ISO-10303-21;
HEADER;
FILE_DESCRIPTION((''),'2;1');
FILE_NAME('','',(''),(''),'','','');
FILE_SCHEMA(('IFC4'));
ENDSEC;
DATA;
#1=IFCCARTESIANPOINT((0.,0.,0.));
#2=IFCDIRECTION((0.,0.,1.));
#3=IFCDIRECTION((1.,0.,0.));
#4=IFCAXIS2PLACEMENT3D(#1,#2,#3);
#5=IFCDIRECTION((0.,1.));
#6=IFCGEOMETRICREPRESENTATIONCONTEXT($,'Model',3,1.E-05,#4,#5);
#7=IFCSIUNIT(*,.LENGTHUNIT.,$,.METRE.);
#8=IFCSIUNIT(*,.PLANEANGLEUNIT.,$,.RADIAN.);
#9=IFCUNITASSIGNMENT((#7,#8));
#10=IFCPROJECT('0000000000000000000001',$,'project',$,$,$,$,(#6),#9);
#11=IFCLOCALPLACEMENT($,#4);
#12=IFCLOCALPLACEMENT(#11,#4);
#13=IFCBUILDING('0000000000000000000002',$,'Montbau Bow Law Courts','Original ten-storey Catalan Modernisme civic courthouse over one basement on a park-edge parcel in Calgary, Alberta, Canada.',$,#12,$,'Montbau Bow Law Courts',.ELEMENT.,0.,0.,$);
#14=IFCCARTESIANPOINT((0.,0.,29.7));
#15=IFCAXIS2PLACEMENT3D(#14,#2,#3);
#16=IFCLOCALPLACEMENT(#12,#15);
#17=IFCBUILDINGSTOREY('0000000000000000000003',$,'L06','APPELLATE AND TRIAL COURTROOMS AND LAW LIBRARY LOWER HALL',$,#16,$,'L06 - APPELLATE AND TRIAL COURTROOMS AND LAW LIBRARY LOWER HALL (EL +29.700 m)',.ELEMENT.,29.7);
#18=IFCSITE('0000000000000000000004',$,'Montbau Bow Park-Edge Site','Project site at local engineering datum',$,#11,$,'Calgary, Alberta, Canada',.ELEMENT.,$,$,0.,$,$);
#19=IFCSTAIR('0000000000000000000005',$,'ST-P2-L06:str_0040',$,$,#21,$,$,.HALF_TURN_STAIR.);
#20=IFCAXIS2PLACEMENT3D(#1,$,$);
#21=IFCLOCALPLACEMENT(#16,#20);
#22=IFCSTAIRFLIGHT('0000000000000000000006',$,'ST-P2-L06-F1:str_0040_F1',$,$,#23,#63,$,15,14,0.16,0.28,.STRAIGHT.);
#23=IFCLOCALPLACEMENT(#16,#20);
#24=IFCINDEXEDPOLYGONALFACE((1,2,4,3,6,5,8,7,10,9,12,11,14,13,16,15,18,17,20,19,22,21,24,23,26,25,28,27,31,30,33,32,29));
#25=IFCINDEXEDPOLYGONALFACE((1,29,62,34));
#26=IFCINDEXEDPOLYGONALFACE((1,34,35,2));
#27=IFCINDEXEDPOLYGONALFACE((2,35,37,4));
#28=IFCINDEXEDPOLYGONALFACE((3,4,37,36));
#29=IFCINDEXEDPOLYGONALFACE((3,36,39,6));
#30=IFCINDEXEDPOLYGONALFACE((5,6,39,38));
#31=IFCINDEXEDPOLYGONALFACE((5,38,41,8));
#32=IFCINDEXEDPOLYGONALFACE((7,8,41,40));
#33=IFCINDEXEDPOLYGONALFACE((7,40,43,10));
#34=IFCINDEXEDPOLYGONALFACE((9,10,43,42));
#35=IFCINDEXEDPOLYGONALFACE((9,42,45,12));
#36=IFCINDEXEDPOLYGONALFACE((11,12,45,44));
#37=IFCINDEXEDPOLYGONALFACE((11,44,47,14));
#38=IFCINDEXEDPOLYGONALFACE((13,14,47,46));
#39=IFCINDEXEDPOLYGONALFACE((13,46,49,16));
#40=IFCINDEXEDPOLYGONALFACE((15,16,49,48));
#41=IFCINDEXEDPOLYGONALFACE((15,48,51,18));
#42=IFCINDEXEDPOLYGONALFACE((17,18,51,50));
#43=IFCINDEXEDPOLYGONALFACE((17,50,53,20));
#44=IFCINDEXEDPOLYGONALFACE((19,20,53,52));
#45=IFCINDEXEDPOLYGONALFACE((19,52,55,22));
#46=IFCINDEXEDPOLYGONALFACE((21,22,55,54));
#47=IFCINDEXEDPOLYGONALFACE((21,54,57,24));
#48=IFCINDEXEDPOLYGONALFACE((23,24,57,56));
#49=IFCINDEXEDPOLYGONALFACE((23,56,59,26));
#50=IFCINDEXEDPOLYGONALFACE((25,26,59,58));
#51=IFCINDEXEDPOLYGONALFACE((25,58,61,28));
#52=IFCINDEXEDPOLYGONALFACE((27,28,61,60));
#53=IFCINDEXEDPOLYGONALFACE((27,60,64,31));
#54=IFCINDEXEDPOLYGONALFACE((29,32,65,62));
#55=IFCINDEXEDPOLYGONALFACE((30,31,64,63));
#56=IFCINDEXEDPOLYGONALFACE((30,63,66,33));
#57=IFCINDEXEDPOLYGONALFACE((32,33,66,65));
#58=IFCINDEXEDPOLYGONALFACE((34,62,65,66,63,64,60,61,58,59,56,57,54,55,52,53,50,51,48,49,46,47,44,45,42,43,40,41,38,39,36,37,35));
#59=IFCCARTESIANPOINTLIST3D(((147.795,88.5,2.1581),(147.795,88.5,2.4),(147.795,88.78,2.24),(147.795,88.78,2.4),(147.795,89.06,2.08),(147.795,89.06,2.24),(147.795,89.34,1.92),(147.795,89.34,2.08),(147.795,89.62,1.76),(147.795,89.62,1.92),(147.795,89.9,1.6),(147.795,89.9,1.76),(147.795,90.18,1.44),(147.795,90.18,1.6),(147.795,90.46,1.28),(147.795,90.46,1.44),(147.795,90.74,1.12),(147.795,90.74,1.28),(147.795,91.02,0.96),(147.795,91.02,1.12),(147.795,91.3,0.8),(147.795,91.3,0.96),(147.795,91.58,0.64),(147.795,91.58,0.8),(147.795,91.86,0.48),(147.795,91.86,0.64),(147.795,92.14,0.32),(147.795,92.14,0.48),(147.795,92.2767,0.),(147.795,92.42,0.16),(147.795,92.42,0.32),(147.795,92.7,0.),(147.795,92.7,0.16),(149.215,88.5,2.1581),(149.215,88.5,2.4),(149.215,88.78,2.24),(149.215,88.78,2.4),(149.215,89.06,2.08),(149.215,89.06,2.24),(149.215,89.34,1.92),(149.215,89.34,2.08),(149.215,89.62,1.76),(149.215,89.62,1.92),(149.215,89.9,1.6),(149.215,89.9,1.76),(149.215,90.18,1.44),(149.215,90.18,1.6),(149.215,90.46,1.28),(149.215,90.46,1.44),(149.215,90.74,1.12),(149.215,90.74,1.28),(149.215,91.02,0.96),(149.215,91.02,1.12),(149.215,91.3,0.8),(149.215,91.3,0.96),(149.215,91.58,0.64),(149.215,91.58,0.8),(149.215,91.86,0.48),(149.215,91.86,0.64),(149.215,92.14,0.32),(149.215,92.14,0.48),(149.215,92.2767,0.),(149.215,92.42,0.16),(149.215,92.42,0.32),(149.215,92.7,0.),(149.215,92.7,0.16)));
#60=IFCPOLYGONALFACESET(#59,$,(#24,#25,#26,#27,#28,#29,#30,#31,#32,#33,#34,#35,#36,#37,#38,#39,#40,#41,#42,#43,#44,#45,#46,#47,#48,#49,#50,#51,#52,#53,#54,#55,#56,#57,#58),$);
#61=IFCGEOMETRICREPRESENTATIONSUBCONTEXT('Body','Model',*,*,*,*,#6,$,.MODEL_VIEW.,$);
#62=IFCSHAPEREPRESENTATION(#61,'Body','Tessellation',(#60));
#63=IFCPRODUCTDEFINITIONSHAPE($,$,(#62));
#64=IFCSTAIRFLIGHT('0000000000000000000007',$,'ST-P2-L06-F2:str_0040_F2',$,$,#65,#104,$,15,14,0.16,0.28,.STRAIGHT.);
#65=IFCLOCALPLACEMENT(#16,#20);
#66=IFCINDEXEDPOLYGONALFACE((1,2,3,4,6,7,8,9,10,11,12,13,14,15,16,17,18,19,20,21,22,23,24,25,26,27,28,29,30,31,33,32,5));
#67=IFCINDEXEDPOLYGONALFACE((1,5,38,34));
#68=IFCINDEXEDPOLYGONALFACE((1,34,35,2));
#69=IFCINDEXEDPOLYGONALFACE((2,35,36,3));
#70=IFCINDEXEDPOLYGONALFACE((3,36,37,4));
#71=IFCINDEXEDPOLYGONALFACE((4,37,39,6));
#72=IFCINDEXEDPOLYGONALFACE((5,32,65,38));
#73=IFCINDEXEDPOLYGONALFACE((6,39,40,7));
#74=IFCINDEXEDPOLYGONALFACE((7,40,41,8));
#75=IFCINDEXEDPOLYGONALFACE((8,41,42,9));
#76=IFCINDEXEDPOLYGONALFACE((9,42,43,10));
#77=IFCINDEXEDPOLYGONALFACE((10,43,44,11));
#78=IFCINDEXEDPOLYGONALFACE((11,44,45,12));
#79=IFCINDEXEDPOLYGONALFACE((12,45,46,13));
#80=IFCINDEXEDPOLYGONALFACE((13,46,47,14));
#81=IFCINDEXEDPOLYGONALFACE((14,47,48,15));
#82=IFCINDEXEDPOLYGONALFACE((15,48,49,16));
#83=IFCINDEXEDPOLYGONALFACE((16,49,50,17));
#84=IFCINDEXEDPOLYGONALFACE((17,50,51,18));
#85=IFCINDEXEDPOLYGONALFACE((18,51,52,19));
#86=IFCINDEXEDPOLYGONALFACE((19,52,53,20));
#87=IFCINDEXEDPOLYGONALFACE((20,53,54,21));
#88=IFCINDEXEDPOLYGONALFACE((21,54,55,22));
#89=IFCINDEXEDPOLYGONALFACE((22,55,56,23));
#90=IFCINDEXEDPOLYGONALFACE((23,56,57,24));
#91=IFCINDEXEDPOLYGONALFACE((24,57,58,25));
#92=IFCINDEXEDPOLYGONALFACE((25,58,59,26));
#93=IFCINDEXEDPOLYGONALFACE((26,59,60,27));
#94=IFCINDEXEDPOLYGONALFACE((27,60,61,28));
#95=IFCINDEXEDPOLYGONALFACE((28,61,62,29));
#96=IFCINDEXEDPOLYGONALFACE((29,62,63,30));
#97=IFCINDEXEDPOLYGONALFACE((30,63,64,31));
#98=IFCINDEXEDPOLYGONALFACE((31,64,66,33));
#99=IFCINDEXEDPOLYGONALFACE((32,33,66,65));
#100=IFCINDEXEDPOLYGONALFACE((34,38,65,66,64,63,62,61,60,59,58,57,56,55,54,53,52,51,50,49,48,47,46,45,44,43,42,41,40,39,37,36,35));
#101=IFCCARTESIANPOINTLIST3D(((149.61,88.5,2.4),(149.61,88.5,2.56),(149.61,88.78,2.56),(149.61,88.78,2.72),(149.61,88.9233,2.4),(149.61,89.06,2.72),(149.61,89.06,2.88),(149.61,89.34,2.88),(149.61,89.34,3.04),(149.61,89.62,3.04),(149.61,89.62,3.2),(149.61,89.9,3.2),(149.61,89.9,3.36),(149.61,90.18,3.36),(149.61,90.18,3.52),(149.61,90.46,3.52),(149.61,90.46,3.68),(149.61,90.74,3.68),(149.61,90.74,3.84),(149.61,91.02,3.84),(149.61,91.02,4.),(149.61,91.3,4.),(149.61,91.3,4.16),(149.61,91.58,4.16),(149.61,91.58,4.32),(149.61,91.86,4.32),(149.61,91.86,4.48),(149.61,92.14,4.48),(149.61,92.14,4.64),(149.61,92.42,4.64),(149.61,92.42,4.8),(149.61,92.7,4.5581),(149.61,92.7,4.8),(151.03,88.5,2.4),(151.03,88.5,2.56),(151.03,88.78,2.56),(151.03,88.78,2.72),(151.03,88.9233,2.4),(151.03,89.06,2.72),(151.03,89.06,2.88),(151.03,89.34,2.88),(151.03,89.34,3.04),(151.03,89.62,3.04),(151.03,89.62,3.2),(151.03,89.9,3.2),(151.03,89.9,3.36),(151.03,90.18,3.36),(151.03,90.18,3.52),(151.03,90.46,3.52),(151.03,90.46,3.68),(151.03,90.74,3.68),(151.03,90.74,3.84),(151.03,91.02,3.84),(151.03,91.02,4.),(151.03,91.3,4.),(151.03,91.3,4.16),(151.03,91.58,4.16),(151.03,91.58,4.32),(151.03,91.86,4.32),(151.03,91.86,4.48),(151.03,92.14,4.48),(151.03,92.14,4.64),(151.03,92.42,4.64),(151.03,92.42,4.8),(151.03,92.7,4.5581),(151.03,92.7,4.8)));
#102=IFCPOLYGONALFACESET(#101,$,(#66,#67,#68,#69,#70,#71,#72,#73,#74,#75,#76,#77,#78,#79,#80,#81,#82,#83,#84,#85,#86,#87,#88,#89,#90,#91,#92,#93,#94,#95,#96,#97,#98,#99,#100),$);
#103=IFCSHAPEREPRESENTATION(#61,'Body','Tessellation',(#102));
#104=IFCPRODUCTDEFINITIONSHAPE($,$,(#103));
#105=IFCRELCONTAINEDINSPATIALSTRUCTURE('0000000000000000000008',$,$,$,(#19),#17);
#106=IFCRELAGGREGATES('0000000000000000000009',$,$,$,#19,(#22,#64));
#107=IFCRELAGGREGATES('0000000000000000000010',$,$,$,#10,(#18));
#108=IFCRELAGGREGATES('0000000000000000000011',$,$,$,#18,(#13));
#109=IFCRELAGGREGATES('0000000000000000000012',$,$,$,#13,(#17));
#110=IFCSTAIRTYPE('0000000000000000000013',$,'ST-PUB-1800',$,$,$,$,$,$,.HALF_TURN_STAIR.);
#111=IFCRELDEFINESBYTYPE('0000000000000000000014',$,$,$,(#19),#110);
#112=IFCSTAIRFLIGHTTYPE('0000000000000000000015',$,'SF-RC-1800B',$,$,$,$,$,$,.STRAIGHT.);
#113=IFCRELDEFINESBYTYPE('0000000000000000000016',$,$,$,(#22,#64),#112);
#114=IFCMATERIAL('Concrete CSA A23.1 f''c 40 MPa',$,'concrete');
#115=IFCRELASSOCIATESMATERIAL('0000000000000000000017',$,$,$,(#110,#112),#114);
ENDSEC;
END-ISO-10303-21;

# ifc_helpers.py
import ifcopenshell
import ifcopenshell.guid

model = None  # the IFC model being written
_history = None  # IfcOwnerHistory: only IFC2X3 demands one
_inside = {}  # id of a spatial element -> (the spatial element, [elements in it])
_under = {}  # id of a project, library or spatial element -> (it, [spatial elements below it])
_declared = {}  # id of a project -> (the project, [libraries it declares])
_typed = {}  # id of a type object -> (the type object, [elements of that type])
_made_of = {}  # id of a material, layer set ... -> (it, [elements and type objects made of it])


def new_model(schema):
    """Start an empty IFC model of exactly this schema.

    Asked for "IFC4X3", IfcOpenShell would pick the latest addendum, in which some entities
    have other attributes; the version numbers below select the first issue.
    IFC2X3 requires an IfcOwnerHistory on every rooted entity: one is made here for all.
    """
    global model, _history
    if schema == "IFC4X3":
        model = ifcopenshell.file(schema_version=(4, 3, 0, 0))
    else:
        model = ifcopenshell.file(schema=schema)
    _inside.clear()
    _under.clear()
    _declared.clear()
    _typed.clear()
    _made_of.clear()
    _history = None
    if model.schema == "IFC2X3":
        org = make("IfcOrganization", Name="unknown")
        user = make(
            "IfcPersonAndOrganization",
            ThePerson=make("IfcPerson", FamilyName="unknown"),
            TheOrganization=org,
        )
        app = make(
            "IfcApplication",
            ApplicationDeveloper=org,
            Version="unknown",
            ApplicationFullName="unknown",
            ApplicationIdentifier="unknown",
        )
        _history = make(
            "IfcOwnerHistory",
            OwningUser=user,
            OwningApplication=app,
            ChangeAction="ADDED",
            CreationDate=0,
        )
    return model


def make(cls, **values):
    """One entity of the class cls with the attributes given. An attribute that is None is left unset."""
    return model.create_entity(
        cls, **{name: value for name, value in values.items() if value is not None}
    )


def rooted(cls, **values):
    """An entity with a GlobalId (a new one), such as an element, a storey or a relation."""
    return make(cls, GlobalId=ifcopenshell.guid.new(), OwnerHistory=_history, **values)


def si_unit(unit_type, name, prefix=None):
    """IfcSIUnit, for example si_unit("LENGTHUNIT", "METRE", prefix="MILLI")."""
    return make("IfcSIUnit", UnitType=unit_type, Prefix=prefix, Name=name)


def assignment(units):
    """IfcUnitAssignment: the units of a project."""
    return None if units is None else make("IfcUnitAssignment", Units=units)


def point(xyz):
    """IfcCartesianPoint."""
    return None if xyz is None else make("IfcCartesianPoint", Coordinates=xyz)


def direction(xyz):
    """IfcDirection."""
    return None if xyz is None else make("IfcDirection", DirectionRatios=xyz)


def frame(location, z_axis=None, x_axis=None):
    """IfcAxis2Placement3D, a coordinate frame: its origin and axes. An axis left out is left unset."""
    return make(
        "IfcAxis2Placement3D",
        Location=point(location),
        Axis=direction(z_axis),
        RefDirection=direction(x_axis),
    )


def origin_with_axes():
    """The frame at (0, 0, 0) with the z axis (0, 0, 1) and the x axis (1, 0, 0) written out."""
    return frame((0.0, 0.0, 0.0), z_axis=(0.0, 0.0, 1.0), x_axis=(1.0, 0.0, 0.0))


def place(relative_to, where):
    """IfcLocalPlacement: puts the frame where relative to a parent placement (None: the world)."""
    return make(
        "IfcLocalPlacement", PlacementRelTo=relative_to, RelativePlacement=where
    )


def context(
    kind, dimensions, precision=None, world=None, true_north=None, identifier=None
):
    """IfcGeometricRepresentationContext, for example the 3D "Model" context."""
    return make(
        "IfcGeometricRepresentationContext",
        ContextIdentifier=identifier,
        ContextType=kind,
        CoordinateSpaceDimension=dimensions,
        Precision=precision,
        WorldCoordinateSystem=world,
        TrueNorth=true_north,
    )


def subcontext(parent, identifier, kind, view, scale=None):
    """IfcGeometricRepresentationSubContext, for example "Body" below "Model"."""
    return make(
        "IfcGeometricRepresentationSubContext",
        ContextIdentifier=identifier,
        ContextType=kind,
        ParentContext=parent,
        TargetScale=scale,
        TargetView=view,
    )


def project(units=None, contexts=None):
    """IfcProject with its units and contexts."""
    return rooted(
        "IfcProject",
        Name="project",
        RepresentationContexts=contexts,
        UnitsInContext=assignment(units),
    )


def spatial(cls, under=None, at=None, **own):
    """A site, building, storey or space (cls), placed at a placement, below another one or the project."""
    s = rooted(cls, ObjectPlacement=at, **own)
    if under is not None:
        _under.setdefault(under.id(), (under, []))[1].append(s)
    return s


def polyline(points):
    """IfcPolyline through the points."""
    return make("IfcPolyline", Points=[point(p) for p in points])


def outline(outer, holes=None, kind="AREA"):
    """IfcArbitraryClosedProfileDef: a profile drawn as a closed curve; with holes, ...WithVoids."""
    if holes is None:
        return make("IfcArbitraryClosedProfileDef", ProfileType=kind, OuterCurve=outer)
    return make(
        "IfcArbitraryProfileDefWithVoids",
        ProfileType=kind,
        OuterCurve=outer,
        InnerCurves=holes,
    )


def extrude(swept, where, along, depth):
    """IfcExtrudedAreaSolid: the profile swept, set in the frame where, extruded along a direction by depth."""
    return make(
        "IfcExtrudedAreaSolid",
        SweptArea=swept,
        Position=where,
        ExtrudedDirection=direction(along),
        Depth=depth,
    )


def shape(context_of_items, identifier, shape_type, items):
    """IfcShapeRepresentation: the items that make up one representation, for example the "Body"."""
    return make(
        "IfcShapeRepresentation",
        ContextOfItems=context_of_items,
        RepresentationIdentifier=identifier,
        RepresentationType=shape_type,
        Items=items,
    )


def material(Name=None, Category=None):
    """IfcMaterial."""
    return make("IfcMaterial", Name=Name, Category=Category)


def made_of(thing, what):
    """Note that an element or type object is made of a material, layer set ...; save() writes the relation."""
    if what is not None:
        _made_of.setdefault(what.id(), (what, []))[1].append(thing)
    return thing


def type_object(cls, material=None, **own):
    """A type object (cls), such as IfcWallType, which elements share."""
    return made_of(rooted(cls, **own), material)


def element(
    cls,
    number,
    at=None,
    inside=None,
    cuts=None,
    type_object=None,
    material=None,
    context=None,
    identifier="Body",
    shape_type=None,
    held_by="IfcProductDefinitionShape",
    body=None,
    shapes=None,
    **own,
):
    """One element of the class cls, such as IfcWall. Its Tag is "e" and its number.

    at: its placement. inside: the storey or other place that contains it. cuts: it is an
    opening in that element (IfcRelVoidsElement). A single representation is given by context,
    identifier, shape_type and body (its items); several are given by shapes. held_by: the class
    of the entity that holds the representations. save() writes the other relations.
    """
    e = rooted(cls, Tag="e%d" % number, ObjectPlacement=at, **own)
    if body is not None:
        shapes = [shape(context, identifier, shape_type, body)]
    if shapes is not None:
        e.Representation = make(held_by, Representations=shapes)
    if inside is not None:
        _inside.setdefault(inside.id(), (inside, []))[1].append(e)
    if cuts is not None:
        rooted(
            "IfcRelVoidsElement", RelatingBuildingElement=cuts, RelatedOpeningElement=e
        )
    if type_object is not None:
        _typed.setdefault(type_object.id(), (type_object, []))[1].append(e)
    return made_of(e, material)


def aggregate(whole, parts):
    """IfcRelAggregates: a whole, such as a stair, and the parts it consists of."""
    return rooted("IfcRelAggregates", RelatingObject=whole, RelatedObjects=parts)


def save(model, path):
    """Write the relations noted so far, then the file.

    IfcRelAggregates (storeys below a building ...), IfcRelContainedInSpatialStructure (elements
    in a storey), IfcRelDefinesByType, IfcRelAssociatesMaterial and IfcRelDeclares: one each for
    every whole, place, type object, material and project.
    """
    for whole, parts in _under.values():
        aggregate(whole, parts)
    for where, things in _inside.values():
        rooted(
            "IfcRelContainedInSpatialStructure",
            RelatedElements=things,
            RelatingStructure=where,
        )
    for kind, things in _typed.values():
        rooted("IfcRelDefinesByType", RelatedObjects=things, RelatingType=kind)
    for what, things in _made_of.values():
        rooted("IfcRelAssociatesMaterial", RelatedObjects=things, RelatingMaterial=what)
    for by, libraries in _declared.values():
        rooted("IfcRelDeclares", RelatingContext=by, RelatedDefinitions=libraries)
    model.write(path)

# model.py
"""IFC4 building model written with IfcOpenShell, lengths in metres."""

from ifc_helpers import new_model, si_unit, direction, frame, origin_with_axes, place, context, subcontext, project, spatial, polyline, outline, extrude, material, type_object, element, aggregate, save


model = new_model("IFC4")

# Units and contexts
model_context = context("Model", 3, precision=1e-05, world=origin_with_axes(), true_north=direction((0.0, 1.0)))
body_context = subcontext(model_context, "Body", "Model", "MODEL_VIEW")
ifc_project = project(units=[si_unit("LENGTHUNIT", "METRE"), si_unit("PLANEANGLEUNIT", "RADIAN")], contexts=[model_context])

# Site, building, storey
site_placement = place(None, origin_with_axes())
site = spatial("IfcSite", under=ifc_project, at=site_placement, Name="Montbau Bow Park-Edge Site", Description="Project site at local engineering datum", LongName="Calgary, Alberta, Canada", CompositionType="ELEMENT", RefElevation=0.0)
building_placement = place(site_placement, origin_with_axes())
building = spatial("IfcBuilding", under=site, at=building_placement, Name="Montbau Bow Law Courts", Description="Original ten-storey Catalan Modernisme civic courthouse over one basement on a park-edge parcel in Calgary, Alberta, Canada.", LongName="Montbau Bow Law Courts", CompositionType="ELEMENT", ElevationOfRefHeight=0.0, ElevationOfTerrain=0.0)
storey_placement = place(building_placement, frame((0.0, 0.0, 29.7), z_axis=(0.0, 0.0, 1.0), x_axis=(1.0, 0.0, 0.0)))
storey = spatial("IfcBuildingStorey", under=building, at=storey_placement, Name="L06", Description="APPELLATE AND TRIAL COURTROOMS AND LAW LIBRARY LOWER HALL", LongName="L06 - APPELLATE AND TRIAL COURTROOMS AND LAW LIBRARY LOWER HALL (EL +29.700 m)", CompositionType="ELEMENT", Elevation=29.7)

# Stair, stair flights
ifc_material_1 = material(Name="Concrete CSA A23.1 f'c 40 MPa", Category="concrete")
stair_type_1 = type_object("IfcStairType", Name="ST-PUB-1800", PredefinedType="HALF_TURN_STAIR", material=ifc_material_1)
stair_1_placement = place(None, frame((148.505, 92.7, 29.7), z_axis=(0.0, 0.0, 1.0), x_axis=(1.0, 0.0, 0.0)))
stair_1 = element("IfcStair", 1, at=stair_1_placement, inside=storey, type_object=stair_type_1, Name="ST-P2-L06:str_0040", PredefinedType="HALF_TURN_STAIR")
stair_flight_type_1 = type_object("IfcStairFlightType", Name="SF-RC-1800B", PredefinedType="STRAIGHT", material=ifc_material_1)
stair_flight_1_placement = place(None, frame((148.505, 92.7, 29.7), z_axis=(0.0, 0.0, 1.0), x_axis=(0.0, -1.0, 0.0)))
stair_flight_1 = element("IfcStairFlight", 2, at=stair_flight_1_placement, type_object=stair_flight_type_1, Name="ST-P2-L06-F1:str_0040_F1", NumberOfRisers=15, NumberOfTreads=14, PredefinedType="STRAIGHT", RiserHeight=0.16, TreadLength=0.28, context=body_context, shape_type="SweptSolid", body=[
    extrude(outline(polyline([(0.0, 0.0), (0.0, 0.16), (0.28, 0.16), (0.28, 0.32), (0.56, 0.32), (0.56, 0.48), (0.84, 0.48), (0.84, 0.64), (1.12, 0.64), (1.12, 0.8), (1.4, 0.8), (1.4, 0.96), (1.68, 0.96), (1.68, 1.12), (1.96, 1.12), (1.96, 1.28), (2.24, 1.28), (2.24, 1.44), (2.52, 1.44), (2.52, 1.6), (2.8, 1.6), (2.8, 1.76), (3.08, 1.76), (3.08, 1.92), (3.36, 1.92), (3.36, 2.08), (3.64, 2.08), (3.64, 2.24), (3.92, 2.24), (3.92, 2.4), (4.2, 2.4), (4.2, 2.1581), (0.4233, 0.0), (0.0, 0.0)])), frame((0.0, 0.71, 0.0), z_axis=(0.0, -1.0, 0.0), x_axis=(1.0, 0.0, 0.0)), (0.0, 0.0, 1.0), 1.42),
])
stair_flight_2_placement = place(None, frame((150.32, 88.5, 32.1), z_axis=(0.0, 0.0, 1.0), x_axis=(0.0, 1.0, 0.0)))
stair_flight_2 = element("IfcStairFlight", 3, at=stair_flight_2_placement, type_object=stair_flight_type_1, Name="ST-P2-L06-F2:str_0040_F2", NumberOfRisers=15, NumberOfTreads=14, PredefinedType="STRAIGHT", RiserHeight=0.16, TreadLength=0.28, context=body_context, shape_type="SweptSolid", body=[
    extrude(outline(polyline([(0.0, 0.0), (0.0, 0.16), (0.28, 0.16), (0.28, 0.32), (0.56, 0.32), (0.56, 0.48), (0.84, 0.48), (0.84, 0.64), (1.12, 0.64), (1.12, 0.8), (1.4, 0.8), (1.4, 0.96), (1.68, 0.96), (1.68, 1.12), (1.96, 1.12), (1.96, 1.28), (2.24, 1.28), (2.24, 1.44), (2.52, 1.44), (2.52, 1.6), (2.8, 1.6), (2.8, 1.76), (3.08, 1.76), (3.08, 1.92), (3.36, 1.92), (3.36, 2.08), (3.64, 2.08), (3.64, 2.24), (3.92, 2.24), (3.92, 2.4), (4.2, 2.4), (4.2, 2.1581), (0.4233, 0.0), (0.0, 0.0)])), frame((0.0, 0.71, 0.0), z_axis=(0.0, -1.0, 0.0), x_axis=(1.0, 0.0, 0.0)), (0.0, 0.0, 1.0), 1.42),
])
aggregate(stair_1, [stair_flight_1, stair_flight_2])

save(model, "model.ifc")
